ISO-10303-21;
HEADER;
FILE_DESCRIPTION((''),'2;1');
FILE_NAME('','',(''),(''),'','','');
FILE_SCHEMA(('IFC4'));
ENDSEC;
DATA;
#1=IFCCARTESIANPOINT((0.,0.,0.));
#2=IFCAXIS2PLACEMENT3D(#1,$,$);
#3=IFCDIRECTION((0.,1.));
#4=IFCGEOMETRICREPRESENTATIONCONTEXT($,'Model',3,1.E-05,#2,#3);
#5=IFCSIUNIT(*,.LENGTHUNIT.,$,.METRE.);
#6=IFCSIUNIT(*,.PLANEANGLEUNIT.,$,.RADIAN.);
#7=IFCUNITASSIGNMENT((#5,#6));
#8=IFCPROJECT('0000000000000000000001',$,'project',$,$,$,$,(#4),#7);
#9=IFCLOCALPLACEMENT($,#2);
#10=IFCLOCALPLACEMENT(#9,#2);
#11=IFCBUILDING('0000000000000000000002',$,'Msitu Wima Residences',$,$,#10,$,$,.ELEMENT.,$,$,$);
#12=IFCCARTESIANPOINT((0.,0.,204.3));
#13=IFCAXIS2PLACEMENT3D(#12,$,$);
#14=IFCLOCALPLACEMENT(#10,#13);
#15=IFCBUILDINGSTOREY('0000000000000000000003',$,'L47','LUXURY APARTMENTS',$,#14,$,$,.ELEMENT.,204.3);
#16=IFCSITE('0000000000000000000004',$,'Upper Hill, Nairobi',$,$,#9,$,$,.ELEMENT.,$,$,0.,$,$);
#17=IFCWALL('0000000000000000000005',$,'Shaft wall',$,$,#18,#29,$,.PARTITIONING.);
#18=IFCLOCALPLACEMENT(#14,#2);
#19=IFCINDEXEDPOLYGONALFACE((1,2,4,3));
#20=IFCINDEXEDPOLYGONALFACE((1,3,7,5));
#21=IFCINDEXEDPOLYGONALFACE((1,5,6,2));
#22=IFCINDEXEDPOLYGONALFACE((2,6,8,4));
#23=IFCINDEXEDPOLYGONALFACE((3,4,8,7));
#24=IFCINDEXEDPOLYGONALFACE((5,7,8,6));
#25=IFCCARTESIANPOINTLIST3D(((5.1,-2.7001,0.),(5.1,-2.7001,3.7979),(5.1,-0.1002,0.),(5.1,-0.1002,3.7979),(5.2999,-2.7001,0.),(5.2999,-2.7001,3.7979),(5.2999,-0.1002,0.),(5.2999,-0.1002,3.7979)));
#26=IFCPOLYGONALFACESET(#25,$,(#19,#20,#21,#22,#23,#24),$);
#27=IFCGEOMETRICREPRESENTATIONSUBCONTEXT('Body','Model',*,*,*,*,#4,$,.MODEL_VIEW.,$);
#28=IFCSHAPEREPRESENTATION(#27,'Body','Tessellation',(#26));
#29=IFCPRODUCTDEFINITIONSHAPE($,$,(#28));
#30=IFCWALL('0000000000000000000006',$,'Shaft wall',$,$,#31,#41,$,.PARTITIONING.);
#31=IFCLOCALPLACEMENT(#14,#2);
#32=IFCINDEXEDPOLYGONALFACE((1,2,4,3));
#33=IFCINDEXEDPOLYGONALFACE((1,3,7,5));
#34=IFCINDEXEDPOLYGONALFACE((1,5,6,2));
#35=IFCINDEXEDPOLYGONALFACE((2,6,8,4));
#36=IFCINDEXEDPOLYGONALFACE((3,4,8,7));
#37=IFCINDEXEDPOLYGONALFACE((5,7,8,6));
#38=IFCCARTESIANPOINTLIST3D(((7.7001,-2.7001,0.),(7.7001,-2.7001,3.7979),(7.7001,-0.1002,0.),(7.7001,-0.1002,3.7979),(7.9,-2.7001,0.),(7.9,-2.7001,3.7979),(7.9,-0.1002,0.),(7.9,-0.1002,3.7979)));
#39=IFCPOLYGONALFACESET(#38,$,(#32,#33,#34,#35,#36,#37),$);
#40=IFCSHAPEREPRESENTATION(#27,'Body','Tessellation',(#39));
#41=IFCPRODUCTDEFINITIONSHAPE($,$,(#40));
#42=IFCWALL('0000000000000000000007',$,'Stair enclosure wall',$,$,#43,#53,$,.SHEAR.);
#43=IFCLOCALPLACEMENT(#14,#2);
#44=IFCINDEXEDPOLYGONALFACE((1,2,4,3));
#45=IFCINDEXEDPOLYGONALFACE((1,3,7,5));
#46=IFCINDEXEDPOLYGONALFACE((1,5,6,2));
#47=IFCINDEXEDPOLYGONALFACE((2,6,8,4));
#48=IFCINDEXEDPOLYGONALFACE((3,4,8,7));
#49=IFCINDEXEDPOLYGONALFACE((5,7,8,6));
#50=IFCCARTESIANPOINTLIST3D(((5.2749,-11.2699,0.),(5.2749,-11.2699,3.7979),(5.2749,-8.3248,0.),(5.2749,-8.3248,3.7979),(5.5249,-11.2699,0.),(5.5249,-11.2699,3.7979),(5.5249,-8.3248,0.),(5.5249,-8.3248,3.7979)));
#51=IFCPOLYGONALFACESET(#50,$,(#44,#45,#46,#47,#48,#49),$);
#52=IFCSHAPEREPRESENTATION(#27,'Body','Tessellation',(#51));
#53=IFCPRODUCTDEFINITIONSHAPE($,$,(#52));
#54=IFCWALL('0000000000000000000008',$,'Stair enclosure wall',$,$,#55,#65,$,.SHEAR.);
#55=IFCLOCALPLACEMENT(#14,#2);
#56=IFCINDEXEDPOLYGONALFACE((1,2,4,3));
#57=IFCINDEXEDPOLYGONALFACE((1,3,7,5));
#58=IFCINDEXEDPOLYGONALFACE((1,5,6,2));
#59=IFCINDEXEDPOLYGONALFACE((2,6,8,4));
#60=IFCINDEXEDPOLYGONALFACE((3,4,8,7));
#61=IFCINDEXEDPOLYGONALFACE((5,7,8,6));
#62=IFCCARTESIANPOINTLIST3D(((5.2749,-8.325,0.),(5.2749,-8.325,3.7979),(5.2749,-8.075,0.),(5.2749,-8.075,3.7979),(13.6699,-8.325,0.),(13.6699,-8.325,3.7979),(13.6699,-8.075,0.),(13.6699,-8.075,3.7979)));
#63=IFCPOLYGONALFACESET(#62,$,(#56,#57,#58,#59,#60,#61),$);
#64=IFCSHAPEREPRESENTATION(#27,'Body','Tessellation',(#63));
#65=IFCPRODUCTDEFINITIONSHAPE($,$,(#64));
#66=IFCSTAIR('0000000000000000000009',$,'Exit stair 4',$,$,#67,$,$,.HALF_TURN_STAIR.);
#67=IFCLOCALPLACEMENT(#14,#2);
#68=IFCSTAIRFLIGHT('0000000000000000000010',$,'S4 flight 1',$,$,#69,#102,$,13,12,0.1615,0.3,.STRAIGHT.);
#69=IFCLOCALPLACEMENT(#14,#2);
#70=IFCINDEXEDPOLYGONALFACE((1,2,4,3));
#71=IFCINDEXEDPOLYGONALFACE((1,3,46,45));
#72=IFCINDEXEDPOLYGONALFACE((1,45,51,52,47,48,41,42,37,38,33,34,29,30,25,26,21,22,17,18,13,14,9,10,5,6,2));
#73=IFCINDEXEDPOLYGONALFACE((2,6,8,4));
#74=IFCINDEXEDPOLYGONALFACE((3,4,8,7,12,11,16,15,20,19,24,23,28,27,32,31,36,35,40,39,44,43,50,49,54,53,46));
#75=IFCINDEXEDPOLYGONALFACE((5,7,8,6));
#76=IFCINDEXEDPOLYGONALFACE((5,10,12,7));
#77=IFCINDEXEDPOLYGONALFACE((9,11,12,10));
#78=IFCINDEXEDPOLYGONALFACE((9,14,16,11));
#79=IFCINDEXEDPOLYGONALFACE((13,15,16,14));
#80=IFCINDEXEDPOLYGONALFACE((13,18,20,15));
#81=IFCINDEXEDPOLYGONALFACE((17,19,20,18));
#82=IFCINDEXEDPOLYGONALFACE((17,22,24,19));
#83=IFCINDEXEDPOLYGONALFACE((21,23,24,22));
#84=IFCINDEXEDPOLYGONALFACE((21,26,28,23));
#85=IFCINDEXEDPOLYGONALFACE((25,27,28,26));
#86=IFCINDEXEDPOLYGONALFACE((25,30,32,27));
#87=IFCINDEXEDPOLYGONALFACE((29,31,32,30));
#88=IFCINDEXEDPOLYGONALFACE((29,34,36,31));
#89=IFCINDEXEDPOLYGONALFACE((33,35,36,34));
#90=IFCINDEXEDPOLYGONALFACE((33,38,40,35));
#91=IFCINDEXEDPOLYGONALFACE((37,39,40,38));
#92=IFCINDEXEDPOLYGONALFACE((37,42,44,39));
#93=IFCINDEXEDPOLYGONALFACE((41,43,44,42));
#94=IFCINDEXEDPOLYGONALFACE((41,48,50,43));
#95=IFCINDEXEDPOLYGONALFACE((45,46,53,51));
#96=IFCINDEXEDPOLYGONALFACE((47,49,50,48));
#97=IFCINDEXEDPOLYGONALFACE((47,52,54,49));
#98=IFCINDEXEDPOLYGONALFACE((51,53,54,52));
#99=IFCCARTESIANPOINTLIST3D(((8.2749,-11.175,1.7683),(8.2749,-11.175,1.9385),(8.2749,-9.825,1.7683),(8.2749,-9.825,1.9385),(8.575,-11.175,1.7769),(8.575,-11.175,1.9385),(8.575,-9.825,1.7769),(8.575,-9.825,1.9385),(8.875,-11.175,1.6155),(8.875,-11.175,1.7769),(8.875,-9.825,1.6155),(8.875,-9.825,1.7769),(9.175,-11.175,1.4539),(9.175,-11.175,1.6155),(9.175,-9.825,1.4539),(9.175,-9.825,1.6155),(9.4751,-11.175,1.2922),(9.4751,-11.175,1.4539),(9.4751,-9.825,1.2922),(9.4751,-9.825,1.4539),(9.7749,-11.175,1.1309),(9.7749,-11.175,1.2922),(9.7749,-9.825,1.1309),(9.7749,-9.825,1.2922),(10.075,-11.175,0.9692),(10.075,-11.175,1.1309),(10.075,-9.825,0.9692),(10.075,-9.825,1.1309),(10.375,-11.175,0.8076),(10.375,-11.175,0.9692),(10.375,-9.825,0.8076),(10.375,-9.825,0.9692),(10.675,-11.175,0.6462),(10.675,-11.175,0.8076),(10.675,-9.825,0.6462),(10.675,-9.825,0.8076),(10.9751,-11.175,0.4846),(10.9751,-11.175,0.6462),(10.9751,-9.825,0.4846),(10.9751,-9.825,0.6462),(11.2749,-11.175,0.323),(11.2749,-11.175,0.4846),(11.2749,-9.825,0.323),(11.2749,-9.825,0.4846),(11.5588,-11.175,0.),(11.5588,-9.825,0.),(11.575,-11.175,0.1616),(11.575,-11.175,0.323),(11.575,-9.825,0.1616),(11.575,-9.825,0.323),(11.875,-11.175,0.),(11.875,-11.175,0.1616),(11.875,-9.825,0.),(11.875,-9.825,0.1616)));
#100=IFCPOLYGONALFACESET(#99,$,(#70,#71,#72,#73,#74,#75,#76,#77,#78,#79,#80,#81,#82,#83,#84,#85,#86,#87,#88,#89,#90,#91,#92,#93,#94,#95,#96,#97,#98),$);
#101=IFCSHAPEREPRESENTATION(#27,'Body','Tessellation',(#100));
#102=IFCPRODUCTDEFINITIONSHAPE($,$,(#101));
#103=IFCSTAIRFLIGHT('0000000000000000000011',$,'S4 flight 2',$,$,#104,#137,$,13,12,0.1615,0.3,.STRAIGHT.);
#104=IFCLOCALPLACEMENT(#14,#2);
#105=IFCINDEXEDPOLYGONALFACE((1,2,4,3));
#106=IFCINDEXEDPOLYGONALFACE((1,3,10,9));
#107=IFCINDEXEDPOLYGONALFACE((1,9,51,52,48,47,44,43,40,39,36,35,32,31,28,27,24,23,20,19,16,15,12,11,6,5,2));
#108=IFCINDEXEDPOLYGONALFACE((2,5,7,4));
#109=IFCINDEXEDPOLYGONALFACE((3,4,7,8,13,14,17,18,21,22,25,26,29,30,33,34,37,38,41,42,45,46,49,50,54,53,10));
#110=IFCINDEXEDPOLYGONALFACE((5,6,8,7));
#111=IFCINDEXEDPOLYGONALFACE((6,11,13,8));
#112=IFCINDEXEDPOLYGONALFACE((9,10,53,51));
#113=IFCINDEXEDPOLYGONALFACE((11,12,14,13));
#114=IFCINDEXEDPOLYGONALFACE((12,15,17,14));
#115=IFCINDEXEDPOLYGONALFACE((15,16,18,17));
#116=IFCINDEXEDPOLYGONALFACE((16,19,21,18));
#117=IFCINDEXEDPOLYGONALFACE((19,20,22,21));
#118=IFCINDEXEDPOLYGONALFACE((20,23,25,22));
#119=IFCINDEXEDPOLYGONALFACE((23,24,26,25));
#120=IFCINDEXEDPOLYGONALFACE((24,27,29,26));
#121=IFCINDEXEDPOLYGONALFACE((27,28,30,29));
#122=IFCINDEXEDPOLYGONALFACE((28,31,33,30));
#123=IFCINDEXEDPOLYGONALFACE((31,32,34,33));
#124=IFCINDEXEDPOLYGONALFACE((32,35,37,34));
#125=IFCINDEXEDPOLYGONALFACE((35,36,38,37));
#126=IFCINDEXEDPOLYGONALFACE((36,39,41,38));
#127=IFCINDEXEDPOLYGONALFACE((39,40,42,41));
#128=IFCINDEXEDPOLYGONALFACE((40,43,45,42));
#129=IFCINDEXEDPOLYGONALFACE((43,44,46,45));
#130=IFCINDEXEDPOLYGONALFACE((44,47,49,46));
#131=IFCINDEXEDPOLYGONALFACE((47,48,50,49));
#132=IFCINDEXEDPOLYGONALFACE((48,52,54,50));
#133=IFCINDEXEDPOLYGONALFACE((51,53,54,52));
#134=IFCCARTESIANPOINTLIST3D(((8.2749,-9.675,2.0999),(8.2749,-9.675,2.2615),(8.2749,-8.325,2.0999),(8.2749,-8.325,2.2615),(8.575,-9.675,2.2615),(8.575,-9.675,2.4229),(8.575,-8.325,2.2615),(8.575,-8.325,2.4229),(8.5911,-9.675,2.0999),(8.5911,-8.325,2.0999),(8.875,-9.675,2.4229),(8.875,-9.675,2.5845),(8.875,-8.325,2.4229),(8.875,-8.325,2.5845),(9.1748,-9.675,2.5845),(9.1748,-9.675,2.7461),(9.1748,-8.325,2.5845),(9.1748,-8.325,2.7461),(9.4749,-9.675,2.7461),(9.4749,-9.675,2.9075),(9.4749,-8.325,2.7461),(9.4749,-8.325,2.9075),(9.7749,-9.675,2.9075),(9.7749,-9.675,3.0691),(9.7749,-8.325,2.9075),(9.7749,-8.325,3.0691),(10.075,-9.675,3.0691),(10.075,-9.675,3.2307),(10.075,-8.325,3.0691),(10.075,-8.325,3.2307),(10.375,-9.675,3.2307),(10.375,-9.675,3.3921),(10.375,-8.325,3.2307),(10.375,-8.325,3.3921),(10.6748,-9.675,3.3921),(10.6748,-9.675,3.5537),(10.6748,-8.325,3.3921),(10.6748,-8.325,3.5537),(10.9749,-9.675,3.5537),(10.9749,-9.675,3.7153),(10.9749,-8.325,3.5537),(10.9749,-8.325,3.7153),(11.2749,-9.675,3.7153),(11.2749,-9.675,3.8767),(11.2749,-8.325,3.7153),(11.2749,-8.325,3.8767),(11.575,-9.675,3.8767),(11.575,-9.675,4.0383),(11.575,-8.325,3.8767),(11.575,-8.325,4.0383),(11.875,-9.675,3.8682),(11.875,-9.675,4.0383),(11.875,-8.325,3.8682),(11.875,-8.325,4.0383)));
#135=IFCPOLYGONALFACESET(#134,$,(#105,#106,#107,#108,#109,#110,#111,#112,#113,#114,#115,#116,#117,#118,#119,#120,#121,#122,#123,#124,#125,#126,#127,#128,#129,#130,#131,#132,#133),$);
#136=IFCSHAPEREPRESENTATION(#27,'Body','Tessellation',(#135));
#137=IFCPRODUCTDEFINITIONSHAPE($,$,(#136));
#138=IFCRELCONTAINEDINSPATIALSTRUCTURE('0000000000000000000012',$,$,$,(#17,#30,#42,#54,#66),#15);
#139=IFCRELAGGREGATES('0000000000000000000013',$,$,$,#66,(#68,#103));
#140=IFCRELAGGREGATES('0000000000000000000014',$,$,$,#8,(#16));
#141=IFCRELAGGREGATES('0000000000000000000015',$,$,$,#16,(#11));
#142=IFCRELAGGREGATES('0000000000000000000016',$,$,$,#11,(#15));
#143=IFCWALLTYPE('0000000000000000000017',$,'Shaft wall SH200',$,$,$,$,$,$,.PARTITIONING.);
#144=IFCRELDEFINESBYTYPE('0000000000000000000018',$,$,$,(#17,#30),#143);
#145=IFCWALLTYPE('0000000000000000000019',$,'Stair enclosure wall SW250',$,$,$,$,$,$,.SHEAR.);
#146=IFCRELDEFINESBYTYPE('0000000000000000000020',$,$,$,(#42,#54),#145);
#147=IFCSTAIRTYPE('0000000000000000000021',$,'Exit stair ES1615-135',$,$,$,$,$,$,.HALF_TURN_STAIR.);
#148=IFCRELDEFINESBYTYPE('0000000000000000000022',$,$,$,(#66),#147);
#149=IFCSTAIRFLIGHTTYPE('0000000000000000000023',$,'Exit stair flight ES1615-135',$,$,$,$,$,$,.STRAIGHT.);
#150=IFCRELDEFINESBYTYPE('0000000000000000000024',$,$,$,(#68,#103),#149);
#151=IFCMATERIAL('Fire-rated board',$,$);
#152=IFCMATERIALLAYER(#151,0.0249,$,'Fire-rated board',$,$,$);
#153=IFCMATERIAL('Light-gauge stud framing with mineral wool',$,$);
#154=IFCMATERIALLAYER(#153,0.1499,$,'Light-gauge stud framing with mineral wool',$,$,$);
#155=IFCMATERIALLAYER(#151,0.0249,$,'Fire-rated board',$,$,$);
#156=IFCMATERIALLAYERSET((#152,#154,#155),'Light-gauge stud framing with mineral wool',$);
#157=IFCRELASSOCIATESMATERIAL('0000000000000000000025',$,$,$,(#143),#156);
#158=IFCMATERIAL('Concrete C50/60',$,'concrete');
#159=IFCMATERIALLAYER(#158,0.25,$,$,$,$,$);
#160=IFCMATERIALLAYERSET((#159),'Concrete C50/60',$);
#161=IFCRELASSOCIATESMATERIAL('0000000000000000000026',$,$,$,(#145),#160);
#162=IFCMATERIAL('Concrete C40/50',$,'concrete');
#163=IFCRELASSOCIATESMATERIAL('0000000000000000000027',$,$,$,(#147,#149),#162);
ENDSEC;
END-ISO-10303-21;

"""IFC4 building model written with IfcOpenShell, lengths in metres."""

from ifc_helpers import new_model, si_unit, direction, frame, frame_2d, origin, place, context, subcontext, project, spatial, polyline, rectangle, outline, extrude, material, layer, layer_set, type_object, element, aggregate, save


model = new_model("IFC4")

# Units and contexts
model_context = context("Model", 3, precision=1e-05, world=origin(), true_north=direction((0.0, 1.0)))
body_context = subcontext(model_context, "Body", "Model", "MODEL_VIEW")
ifc_project = project(units=[si_unit("LENGTHUNIT", "METRE"), si_unit("PLANEANGLEUNIT", "RADIAN")], contexts=[model_context])

# Site, building, storey
site_placement = place(None, origin())
site = spatial("IfcSite", under=ifc_project, at=site_placement, Name="Upper Hill, Nairobi", CompositionType="ELEMENT", RefElevation=0.0)
building_placement = place(site_placement, origin())
building = spatial("IfcBuilding", under=site, at=building_placement, Name="Msitu Wima Residences", CompositionType="ELEMENT")
storey_placement = place(building_placement, frame((0.0, 0.0, 204.3)))
storey = spatial("IfcBuildingStorey", under=building, at=storey_placement, Name="L47", Description="LUXURY APARTMENTS", CompositionType="ELEMENT", Elevation=204.3)

# Shared definitions
ifc_material_1 = material(Name="Concrete C40/50", Category="concrete")

# Walls
ifc_material_2 = material(Name="Fire-rated board")
ifc_layer_1 = layer(ifc_material_2, 0.0249, Name="Fire-rated board")
ifc_material_3 = material(Name="Light-gauge stud framing with mineral wool")
ifc_layer_2 = layer(ifc_material_3, 0.1499, Name="Light-gauge stud framing with mineral wool")
ifc_layer_3 = layer(ifc_material_2, 0.0249, Name="Fire-rated board")
ifc_layer_set_1 = layer_set([ifc_layer_1, ifc_layer_2, ifc_layer_3], Name="Light-gauge stud framing with mineral wool")
wall_type_1 = type_object("IfcWallType", Name="Shaft wall SH200", PredefinedType="PARTITIONING", material=ifc_layer_set_1)
for number, where, z_axis, x_axis, name in (
    (1, (5.2, -2.7, 0.0), (0.0, 0.0, 1.0), (0.0, 1.0, 0.0), "Shaft wall"),
    (2, (7.8, -2.7, 0.0), (0.0, 0.0, 1.0), (0.0, 1.0, 0.0), "Shaft wall"),
):
    element("IfcWall", number, at=place(storey_placement, frame(where, z_axis=z_axis, x_axis=x_axis)), inside=storey, type_object=wall_type_1, Name=name, PredefinedType="PARTITIONING", context=body_context, shape_type="SweptSolid", body=[
        extrude(rectangle(XDim=2.5999, YDim=0.2, at=frame_2d((1.2998, 0.0))), origin(), (0.0, 0.0, 1.0), 3.7979),
    ])
ifc_material_4 = material(Name="Concrete C50/60", Category="concrete")
ifc_layer_4 = layer(ifc_material_4, 0.25)
ifc_layer_set_2 = layer_set([ifc_layer_4], Name="Concrete C50/60")
wall_type_2 = type_object("IfcWallType", Name="Stair enclosure wall SW250", PredefinedType="SHEAR", material=ifc_layer_set_2)
wall_1_placement = place(storey_placement, frame((5.3999, -11.27, 0.0), z_axis=(0.0, 0.0, 1.0), x_axis=(0.0, 1.0, 0.0)))
element("IfcWall", 3, at=wall_1_placement, inside=storey, type_object=wall_type_2, Name="Stair enclosure wall", PredefinedType="SHEAR", context=body_context, shape_type="SweptSolid", body=[
    extrude(rectangle(XDim=2.9451, YDim=0.25, at=frame_2d((1.4727, 0.0))), origin(), (0.0, 0.0, 1.0), 3.7979),
])
wall_2_placement = place(storey_placement, frame((5.2749, -8.2, 0.0), z_axis=(0.0, 0.0, 1.0), x_axis=(1.0, 0.0, 0.0)))
element("IfcWall", 4, at=wall_2_placement, inside=storey, type_object=wall_type_2, Name="Stair enclosure wall", PredefinedType="SHEAR", context=body_context, shape_type="SweptSolid", body=[
    extrude(rectangle(XDim=8.395, YDim=0.25, at=frame_2d((4.1975, 0.0))), origin(), (0.0, 0.0, 1.0), 3.7979),
])

# Stair, stair flights
stair_type = type_object("IfcStairType", Name="Exit stair ES1615-135", PredefinedType="HALF_TURN_STAIR", material=ifc_material_1)
stair_placement = place(storey_placement, origin())
stair = element("IfcStair", 5, at=stair_placement, inside=storey, type_object=stair_type, Name="Exit stair 4", PredefinedType="HALF_TURN_STAIR")
stair_flight_type = type_object("IfcStairFlightType", Name="Exit stair flight ES1615-135", PredefinedType="STRAIGHT", material=ifc_material_1)
stair_flight_1_placement = place(storey_placement, frame((11.875, -10.5, 0.0), z_axis=(0.0, 0.0, 1.0), x_axis=(-1.0, 0.0, 0.0)))
stair_flight_1 = element("IfcStairFlight", 6, at=stair_flight_1_placement, type_object=stair_flight_type, Name="S4 flight 1", NumberOfRisers=13, NumberOfTreads=12, PredefinedType="STRAIGHT", RiserHeight=0.1615, TreadLength=0.3, context=body_context, shape_type="SweptSolid", body=[
    extrude(outline(polyline([(0.0, 0.0), (0.0, 0.1616), (0.3, 0.1616), (0.3, 0.323), (0.6001, 0.323), (0.6001, 0.4846), (0.8999, 0.4846), (0.8999, 0.6462), (1.2, 0.6462), (1.2, 0.8076), (1.5, 0.8076), (1.5, 0.9692), (1.8, 0.9692), (1.8, 1.1309), (2.1001, 1.1309), (2.1001, 1.2922), (2.3999, 1.2922), (2.3999, 1.4539), (2.7, 1.4539), (2.7, 1.6155), (3.0, 1.6155), (3.0, 1.7769), (3.3, 1.7769), (3.3, 1.9385), (3.6001, 1.9385), (3.6001, 2.1001), (3.6001, 1.7683), (0.3162, 0.0), (0.0, 0.0)])), frame((0.0, 0.675, 0.0), z_axis=(0.0, -1.0, 0.0), x_axis=(1.0, 0.0, 0.0)), (0.0, 0.0, 1.0), 1.3501),
])
stair_flight_2_placement = place(storey_placement, frame((8.2749, -9.0, 2.0999), z_axis=(0.0, 0.0, 1.0), x_axis=(1.0, 0.0, 0.0)))
stair_flight_2 = element("IfcStairFlight", 7, at=stair_flight_2_placement, type_object=stair_flight_type, Name="S4 flight 2", NumberOfRisers=13, NumberOfTreads=12, PredefinedType="STRAIGHT", RiserHeight=0.1615, TreadLength=0.3, context=body_context, shape_type="SweptSolid", body=[
    extrude(outline(polyline([(0.0, 0.0), (0.0, 0.1616), (0.3, 0.1616), (0.3, 0.323), (0.6001, 0.323), (0.6001, 0.4846), (0.8999, 0.4846), (0.8999, 0.6462), (1.2, 0.6462), (1.2, 0.8076), (1.5, 0.8076), (1.5, 0.9692), (1.8, 0.9692), (1.8, 1.1309), (2.1001, 1.1309), (2.1001, 1.2922), (2.3999, 1.2922), (2.3999, 1.4539), (2.7, 1.4539), (2.7, 1.6155), (3.0, 1.6155), (3.0, 1.7769), (3.3, 1.7769), (3.3, 1.9385), (3.6001, 1.9385), (3.6001, 2.1001), (3.6001, 1.7683), (0.3162, 0.0), (0.0, 0.0)])), frame((0.0, 0.675, 0.0), z_axis=(0.0, -1.0, 0.0), x_axis=(1.0, 0.0, 0.0)), (0.0, 0.0, 1.0), 1.3501),
])
aggregate(stair, [stair_flight_1, stair_flight_2])

save(model, "model.ifc")
